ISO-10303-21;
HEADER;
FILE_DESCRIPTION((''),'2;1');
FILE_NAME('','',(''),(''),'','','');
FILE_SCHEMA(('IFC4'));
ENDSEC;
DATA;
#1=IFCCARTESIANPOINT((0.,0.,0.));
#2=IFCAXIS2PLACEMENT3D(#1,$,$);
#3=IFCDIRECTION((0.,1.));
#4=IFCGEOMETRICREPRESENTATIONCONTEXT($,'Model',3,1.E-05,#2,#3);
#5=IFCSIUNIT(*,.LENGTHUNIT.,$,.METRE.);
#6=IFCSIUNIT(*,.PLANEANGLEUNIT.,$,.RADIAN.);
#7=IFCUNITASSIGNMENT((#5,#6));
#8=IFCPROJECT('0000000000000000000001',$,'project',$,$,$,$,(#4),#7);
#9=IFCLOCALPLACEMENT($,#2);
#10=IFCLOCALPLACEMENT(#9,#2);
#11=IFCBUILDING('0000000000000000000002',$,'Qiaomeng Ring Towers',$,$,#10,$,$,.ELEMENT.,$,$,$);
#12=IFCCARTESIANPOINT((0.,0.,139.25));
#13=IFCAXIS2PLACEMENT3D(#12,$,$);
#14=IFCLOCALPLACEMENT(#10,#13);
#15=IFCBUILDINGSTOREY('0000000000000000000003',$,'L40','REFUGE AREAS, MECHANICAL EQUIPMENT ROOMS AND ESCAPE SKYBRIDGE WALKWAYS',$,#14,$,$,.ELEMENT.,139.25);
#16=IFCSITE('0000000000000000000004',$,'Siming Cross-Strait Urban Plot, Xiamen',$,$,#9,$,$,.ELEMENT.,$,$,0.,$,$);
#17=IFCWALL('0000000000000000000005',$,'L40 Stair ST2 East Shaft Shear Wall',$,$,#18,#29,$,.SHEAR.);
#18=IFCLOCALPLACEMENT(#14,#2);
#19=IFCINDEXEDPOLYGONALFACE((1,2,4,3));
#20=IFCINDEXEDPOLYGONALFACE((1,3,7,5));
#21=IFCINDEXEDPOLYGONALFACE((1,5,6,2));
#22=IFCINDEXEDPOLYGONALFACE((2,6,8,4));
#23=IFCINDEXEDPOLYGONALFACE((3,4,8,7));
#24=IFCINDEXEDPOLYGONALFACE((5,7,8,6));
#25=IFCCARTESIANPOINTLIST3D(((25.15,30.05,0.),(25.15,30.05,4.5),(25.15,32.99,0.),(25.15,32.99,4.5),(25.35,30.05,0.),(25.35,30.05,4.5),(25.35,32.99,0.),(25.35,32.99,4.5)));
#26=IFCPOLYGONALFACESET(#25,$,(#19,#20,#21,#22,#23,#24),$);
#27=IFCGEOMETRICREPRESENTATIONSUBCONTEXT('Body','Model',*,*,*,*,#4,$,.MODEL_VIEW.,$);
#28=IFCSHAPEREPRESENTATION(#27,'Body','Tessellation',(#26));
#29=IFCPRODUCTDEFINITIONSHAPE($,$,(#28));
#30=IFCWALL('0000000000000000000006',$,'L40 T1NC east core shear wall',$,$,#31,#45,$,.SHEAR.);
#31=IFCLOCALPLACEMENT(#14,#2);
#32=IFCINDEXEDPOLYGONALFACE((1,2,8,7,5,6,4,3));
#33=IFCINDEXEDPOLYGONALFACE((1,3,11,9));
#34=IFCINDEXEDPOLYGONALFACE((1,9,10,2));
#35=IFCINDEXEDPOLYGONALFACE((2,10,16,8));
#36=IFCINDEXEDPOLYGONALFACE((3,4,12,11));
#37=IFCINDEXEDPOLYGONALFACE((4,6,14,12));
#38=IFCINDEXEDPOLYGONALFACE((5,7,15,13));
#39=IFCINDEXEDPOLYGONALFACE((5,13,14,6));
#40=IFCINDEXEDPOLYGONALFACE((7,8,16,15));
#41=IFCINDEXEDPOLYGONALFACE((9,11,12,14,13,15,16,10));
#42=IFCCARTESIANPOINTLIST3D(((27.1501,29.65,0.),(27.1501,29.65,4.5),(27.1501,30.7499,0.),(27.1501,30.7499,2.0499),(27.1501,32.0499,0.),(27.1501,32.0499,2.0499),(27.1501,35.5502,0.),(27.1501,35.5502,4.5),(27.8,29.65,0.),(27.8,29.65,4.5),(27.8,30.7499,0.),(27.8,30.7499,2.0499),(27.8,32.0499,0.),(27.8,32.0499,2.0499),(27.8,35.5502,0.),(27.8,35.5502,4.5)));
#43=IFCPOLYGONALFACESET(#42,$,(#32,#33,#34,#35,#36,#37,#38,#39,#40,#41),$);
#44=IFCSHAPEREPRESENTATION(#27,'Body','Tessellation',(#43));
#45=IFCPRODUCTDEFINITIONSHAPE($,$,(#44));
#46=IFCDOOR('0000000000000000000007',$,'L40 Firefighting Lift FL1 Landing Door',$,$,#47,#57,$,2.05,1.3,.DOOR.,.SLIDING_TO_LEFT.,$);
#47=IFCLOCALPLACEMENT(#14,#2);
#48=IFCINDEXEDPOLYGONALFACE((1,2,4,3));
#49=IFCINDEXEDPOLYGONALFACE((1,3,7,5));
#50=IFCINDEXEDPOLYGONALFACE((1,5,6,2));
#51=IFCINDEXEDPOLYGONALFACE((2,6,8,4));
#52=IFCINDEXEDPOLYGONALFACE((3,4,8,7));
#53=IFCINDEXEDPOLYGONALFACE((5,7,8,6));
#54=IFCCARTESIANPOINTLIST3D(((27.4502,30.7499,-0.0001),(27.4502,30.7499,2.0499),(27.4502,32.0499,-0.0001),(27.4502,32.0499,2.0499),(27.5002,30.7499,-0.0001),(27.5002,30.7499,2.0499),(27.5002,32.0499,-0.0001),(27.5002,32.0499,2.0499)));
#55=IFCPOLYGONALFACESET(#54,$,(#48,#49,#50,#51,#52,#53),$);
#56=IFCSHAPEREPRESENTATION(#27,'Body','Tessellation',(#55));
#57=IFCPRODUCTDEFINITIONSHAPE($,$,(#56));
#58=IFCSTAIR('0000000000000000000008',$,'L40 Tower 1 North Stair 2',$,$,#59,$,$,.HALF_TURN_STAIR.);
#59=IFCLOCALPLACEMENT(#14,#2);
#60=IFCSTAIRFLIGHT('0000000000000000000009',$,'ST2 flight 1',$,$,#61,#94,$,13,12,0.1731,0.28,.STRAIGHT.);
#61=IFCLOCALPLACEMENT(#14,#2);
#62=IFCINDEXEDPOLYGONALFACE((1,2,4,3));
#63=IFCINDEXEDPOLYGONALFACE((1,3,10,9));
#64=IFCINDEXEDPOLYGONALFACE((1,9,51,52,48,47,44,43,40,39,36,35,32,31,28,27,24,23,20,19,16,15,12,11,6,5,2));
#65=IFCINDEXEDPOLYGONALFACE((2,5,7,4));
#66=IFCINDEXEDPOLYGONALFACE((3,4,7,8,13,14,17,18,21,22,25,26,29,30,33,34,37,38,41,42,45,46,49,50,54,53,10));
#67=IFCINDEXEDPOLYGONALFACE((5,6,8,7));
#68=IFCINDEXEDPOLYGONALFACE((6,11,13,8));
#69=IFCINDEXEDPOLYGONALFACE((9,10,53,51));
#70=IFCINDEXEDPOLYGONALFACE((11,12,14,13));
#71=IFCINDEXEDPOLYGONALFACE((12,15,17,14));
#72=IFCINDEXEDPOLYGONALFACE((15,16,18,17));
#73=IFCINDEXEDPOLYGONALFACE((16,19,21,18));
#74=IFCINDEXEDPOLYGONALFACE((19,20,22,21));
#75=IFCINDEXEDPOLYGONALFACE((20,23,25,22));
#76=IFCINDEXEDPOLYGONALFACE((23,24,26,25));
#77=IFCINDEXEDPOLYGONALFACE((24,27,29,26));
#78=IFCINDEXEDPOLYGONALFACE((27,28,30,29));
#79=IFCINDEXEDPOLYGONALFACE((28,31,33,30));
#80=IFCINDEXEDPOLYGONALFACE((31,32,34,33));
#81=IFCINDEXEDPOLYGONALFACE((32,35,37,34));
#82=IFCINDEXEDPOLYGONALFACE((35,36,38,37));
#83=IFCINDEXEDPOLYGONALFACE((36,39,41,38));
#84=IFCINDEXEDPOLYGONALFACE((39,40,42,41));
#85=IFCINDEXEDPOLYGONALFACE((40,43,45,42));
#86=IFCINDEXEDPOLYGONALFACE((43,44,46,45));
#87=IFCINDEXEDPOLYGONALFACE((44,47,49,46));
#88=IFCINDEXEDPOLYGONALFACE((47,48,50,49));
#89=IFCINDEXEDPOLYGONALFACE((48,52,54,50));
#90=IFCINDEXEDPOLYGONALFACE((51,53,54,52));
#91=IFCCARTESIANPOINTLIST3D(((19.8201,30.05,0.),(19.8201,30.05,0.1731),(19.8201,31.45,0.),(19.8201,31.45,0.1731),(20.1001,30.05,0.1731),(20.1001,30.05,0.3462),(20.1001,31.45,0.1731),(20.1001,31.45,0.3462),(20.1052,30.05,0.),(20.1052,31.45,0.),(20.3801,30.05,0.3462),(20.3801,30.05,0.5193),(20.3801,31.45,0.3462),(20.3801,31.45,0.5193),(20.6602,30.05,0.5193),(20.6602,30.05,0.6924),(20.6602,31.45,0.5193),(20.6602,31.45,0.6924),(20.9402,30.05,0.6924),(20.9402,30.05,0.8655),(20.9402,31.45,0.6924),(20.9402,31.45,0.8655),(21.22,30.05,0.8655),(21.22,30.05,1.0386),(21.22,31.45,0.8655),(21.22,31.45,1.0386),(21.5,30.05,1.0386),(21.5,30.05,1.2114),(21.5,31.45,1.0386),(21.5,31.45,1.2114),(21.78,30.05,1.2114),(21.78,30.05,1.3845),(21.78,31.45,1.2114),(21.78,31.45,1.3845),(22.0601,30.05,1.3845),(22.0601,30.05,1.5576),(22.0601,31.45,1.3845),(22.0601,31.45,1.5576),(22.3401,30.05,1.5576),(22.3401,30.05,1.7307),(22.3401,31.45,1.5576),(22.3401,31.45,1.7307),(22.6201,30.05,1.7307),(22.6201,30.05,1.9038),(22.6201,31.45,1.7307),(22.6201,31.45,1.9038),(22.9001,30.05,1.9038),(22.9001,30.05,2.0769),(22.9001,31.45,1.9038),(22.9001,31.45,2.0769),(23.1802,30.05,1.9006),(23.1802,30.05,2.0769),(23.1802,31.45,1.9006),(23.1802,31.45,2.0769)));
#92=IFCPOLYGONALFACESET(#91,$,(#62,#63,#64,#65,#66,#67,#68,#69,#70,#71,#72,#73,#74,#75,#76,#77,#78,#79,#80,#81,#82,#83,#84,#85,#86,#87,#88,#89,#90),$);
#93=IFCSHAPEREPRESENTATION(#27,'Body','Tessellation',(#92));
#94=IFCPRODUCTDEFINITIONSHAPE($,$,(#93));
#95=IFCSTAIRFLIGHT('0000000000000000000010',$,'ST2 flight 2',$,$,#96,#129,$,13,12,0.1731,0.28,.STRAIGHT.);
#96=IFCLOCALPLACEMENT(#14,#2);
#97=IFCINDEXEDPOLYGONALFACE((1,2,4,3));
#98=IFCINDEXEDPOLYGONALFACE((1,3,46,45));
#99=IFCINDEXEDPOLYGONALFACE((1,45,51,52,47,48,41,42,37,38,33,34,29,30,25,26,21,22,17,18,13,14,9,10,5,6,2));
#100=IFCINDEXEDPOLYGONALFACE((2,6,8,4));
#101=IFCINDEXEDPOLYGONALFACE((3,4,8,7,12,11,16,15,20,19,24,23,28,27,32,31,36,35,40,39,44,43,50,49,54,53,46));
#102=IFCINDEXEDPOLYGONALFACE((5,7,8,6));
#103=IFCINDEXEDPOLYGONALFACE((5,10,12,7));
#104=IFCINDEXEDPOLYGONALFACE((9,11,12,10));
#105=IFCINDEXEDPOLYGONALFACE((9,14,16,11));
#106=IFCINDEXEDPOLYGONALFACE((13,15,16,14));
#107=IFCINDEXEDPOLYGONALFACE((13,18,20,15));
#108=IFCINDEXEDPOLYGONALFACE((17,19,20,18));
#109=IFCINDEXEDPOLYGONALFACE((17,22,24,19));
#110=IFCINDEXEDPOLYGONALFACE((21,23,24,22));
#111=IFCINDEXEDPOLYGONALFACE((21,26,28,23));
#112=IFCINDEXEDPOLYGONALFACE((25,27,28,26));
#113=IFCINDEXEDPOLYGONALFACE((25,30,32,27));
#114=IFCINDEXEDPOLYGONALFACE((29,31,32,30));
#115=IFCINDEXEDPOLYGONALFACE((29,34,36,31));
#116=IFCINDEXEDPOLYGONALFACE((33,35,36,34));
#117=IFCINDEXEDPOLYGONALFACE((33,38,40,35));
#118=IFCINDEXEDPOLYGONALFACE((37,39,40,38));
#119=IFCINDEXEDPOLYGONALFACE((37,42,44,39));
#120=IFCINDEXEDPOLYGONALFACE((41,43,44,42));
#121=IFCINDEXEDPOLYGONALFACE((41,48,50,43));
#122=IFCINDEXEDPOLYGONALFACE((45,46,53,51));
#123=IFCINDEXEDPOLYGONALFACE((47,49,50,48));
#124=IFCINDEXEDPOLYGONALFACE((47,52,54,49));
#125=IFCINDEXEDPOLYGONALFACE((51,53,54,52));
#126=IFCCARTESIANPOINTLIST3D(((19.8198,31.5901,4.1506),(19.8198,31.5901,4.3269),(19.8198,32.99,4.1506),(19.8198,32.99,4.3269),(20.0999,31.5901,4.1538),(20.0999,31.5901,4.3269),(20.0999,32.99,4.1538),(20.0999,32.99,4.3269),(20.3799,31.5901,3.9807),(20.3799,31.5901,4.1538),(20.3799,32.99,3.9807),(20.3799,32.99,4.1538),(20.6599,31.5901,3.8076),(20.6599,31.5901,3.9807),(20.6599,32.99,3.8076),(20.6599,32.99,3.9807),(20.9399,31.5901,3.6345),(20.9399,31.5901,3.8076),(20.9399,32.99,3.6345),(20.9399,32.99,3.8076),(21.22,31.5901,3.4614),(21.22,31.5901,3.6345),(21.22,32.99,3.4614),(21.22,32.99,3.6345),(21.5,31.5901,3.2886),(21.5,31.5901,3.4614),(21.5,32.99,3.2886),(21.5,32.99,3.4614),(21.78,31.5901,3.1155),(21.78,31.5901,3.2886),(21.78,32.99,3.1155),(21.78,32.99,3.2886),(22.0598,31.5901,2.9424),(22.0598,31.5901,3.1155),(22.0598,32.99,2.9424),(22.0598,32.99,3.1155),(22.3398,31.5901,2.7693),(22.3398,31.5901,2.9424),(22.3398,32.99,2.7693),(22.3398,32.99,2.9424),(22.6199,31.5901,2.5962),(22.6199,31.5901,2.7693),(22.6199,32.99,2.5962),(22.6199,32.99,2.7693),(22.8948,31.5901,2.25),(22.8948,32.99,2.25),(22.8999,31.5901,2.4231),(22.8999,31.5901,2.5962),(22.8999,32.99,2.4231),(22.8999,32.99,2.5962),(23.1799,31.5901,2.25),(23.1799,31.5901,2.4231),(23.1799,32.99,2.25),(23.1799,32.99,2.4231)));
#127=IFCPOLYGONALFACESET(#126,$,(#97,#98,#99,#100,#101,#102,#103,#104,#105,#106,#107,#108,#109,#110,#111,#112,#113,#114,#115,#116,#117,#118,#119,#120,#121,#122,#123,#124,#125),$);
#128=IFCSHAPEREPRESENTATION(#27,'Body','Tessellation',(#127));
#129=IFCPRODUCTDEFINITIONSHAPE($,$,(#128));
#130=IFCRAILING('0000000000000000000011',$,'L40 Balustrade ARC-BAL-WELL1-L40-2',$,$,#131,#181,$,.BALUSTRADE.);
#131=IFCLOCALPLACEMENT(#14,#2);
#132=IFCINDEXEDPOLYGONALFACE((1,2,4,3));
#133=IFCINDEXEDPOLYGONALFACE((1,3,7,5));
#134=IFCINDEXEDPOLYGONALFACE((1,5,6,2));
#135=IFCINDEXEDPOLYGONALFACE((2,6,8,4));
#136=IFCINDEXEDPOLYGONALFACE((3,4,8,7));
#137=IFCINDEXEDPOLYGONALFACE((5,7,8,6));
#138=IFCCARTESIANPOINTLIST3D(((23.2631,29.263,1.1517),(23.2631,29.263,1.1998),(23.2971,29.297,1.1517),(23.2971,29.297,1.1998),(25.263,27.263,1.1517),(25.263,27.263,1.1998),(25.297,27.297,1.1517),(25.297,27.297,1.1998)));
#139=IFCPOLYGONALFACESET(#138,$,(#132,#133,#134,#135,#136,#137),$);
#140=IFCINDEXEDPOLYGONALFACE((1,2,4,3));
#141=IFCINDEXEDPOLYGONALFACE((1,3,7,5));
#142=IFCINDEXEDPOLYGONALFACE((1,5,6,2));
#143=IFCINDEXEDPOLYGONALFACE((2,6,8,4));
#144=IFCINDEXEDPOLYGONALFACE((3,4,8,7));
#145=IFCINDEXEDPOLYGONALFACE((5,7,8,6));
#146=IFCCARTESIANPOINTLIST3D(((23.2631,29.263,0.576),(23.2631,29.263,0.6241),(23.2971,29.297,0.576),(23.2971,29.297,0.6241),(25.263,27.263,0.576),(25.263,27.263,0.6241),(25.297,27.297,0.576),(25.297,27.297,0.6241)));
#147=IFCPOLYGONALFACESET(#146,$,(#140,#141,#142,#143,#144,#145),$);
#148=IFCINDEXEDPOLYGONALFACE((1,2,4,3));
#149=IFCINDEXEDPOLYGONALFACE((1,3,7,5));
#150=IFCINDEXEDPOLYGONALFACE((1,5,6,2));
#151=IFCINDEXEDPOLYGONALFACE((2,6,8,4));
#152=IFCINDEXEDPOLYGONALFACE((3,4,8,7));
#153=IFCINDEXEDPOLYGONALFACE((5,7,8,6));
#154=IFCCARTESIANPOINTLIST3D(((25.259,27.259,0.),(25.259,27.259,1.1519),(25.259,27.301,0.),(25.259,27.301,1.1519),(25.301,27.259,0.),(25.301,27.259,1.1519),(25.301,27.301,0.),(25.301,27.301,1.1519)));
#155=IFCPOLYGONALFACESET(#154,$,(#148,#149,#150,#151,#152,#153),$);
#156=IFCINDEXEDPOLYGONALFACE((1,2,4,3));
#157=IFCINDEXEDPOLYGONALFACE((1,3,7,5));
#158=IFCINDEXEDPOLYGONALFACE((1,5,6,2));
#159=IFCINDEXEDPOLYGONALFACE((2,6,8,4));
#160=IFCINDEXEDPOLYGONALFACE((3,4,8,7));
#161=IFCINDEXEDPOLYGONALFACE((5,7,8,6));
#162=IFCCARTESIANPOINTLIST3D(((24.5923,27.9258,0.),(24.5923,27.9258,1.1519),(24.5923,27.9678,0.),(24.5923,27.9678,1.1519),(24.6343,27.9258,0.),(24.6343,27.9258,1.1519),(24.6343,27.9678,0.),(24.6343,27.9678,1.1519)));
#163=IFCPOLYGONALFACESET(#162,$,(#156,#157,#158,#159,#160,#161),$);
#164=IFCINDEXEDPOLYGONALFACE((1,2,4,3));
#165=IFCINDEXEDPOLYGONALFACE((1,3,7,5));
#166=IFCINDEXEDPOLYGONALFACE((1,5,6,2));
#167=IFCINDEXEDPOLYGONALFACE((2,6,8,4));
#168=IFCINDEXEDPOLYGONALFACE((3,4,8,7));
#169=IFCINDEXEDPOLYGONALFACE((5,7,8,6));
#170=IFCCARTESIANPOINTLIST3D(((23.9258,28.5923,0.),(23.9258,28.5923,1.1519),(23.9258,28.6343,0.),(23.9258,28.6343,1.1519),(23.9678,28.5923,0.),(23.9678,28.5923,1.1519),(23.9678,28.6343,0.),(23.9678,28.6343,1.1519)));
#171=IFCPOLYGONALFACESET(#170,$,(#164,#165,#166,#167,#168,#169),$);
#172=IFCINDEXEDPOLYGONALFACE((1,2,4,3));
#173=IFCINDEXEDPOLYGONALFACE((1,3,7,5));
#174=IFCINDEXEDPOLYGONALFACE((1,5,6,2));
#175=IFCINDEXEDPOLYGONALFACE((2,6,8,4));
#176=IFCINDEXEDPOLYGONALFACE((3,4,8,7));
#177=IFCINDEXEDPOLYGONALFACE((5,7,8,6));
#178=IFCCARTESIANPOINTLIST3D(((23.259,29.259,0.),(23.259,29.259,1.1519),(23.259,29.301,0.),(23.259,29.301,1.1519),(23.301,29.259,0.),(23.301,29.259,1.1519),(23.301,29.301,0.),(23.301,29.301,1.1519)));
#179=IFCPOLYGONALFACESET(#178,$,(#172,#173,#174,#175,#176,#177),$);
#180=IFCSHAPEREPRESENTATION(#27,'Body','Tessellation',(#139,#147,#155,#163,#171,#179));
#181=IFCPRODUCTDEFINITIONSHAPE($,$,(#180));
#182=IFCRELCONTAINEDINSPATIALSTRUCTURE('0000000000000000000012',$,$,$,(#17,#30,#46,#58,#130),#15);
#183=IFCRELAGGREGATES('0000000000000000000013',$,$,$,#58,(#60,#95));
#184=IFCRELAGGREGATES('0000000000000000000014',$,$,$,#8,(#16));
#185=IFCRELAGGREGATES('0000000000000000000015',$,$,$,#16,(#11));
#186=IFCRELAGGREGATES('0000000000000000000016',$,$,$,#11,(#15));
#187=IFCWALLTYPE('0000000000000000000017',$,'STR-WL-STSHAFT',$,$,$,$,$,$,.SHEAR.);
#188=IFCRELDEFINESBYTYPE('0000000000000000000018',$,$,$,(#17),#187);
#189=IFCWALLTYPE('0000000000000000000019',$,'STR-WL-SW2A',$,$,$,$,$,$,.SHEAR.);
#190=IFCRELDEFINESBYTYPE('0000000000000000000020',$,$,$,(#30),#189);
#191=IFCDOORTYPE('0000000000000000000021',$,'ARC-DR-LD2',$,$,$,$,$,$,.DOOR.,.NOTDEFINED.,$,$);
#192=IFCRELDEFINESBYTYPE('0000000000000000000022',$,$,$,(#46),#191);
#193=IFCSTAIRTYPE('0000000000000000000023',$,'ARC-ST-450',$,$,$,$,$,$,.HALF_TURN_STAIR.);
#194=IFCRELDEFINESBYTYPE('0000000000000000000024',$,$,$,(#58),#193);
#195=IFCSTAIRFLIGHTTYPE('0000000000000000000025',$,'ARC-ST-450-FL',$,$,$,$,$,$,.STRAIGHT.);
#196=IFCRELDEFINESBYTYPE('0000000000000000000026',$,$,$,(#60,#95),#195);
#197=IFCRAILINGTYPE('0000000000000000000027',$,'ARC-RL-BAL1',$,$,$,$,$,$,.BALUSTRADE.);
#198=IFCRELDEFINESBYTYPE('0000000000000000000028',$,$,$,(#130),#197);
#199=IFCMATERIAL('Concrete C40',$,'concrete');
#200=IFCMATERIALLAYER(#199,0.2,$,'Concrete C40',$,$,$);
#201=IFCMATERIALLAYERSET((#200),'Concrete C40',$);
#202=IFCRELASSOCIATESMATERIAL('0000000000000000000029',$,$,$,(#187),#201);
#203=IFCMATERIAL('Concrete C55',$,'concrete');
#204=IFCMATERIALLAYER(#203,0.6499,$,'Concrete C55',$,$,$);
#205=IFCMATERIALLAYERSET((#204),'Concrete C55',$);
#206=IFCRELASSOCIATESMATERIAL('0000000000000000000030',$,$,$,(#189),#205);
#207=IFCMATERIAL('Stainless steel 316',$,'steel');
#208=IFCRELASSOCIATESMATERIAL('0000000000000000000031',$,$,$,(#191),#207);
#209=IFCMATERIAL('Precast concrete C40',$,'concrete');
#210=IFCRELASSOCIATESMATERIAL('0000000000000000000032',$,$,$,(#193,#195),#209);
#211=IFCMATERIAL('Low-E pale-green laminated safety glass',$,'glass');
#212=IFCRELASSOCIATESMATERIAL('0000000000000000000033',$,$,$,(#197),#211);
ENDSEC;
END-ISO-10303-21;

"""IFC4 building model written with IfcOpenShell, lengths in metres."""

from ifc_helpers import new_model, si_unit, direction, frame, frame_2d, origin, origin_2d, place, context, subcontext, project, spatial, polyline, rectangle, outline, extrude, source, transform, mapped, material, layer, layer_set, type_object, element, fill, aggregate, save


model = new_model("IFC4")

# Units and contexts
model_context = context("Model", 3, precision=1e-05, world=origin(), true_north=direction((0.0, 1.0)))
body_context = subcontext(model_context, "Body", "Model", "MODEL_VIEW")
ifc_project = project(units=[si_unit("LENGTHUNIT", "METRE"), si_unit("PLANEANGLEUNIT", "RADIAN")], contexts=[model_context])

# Site, building, storey
site_placement = place(None, origin())
site = spatial("IfcSite", under=ifc_project, at=site_placement, Name="Siming Cross-Strait Urban Plot, Xiamen", CompositionType="ELEMENT", RefElevation=0.0)
building_placement = place(site_placement, origin())
building = spatial("IfcBuilding", under=site, at=building_placement, Name="Qiaomeng Ring Towers", CompositionType="ELEMENT")
storey_placement = place(building_placement, frame((0.0, 0.0, 139.25)))
storey = spatial("IfcBuildingStorey", under=building, at=storey_placement, Name="L40", Description="REFUGE AREAS, MECHANICAL EQUIPMENT ROOMS AND ESCAPE SKYBRIDGE WALKWAYS", CompositionType="ELEMENT", Elevation=139.25)

# Shared definitions
ifc_material_1 = material(Name="Concrete C55", Category="concrete")

# Shared definitions
ifc_material_2 = material(Name="Stainless steel 316", Category="steel")

# Wall
ifc_material_3 = material(Name="Concrete C40", Category="concrete")
ifc_layer_1 = layer(ifc_material_3, 0.2, Name="Concrete C40")
ifc_layer_set_1 = layer_set([ifc_layer_1], Name="Concrete C40")
wall_type_1 = type_object("IfcWallType", Name="STR-WL-STSHAFT", PredefinedType="SHEAR", material=ifc_layer_set_1)
wall_1_placement = place(storey_placement, frame((25.25, 30.05, 0.0), z_axis=(0.0, 0.0, 1.0), x_axis=(0.0, 1.0, 0.0)))
element("IfcWall", 1, at=wall_1_placement, inside=storey, type_object=wall_type_1, Name="L40 Stair ST2 East Shaft Shear Wall", PredefinedType="SHEAR", context=body_context, shape_type="SweptSolid", body=[
    extrude(rectangle(XDim=2.9399, YDim=0.2, at=frame_2d((1.47, 0.0))), origin(), (0.0, 0.0, 1.0), 4.5),
])

# Wall, opening, door
ifc_layer_2 = layer(ifc_material_1, 0.6499, Name="Concrete C55")
ifc_layer_set_2 = layer_set([ifc_layer_2], Name="Concrete C55")
wall_type_2 = type_object("IfcWallType", Name="STR-WL-SW2A", PredefinedType="SHEAR", material=ifc_layer_set_2)
wall_2_placement = place(storey_placement, frame((27.4751, 29.6499, 0.0), z_axis=(0.0, 0.0, 1.0), x_axis=(0.0, 1.0, 0.0)))
wall_2 = element("IfcWall", 2, at=wall_2_placement, inside=storey, type_object=wall_type_2, Name="L40 T1NC east core shear wall", PredefinedType="SHEAR", context=body_context, shape_type="SweptSolid", body=[
    extrude(rectangle(XDim=5.9001, YDim=0.6499, at=frame_2d((2.9502, 0.0))), origin(), (0.0, 0.0, 1.0), 4.5),
])
opening_1_placement = place(wall_2_placement, frame((1.1001, 0.0, 0.0)))
opening_1 = element("IfcOpeningElement", 3, at=opening_1_placement, cuts=wall_2, PredefinedType="OPENING", context=body_context, shape_type="SweptSolid", body=[
    extrude(rectangle(XDim=1.3, YDim=2.05, at=frame_2d((0.6499, 1.0249))), frame((0.0, 0.335, 0.0), z_axis=(0.0, -1.0, 0.0), x_axis=(1.0, 0.0, 0.0)), (0.0, 0.0, 1.0), 0.6699),
])
door_type_1 = type_object("IfcDoorType", Name="ARC-DR-LD2", OperationType="NOTDEFINED", PredefinedType="DOOR", material=ifc_material_2)
shared_shape_1 = source(origin(), body_context, "Body", "SweptSolid", [
    extrude(rectangle(XDim=1.3, YDim=2.05, at=frame_2d((0.6499, 1.0249))), frame((0.0, 0.0249, 0.0), z_axis=(0.0, -1.0, 0.0), x_axis=(1.0, 0.0, 0.0)), (0.0, 0.0, 1.0), 0.05),
])
door_1_placement = place(opening_1_placement, origin())
door_1 = element("IfcDoor", 4, at=door_1_placement, inside=storey, type_object=door_type_1, Name="L40 Firefighting Lift FL1 Landing Door", OperationType="SLIDING_TO_LEFT", OverallHeight=2.05, OverallWidth=1.3, PredefinedType="DOOR", context=body_context, shape_type="MappedRepresentation", body=[
    mapped(shared_shape_1, transform((0.0, 0.0, 0.0), x_axis=(1.0, 0.0, 0.0), y_axis=(0.0, 1.0, 0.0), z_axis=(0.0, 0.0, 1.0), scale=1.0)),
])
fill(opening_1, door_1)

# Stair, stair flights
ifc_material_4 = material(Name="Precast concrete C40", Category="concrete")
stair_type = type_object("IfcStairType", Name="ARC-ST-450", PredefinedType="HALF_TURN_STAIR", material=ifc_material_4)
stair_placement = place(storey_placement, origin())
stair = element("IfcStair", 5, at=stair_placement, inside=storey, type_object=stair_type, Name="L40 Tower 1 North Stair 2", PredefinedType="HALF_TURN_STAIR")
stair_flight_type = type_object("IfcStairFlightType", Name="ARC-ST-450-FL", PredefinedType="STRAIGHT", material=ifc_material_4)
shared_shape_2 = source(origin(), body_context, "Body", "SweptSolid", [
    extrude(outline(polyline([(0.0, 0.0), (0.0, 0.1731), (0.28, 0.1731), (0.28, 0.3462), (0.5601, 0.3462), (0.5601, 0.5193), (0.8401, 0.5193), (0.8401, 0.6924), (1.1201, 0.6924), (1.1201, 0.8655), (1.3999, 0.8655), (1.3999, 1.0386), (1.6799, 1.0386), (1.6799, 1.2114), (1.96, 1.2114), (1.96, 1.3845), (2.24, 1.3845), (2.24, 1.5576), (2.52, 1.5576), (2.52, 1.7307), (2.8, 1.7307), (2.8, 1.9038), (3.0801, 1.9038), (3.0801, 2.0769), (3.3601, 2.0769), (3.3601, 2.25), (3.3601, 1.9006), (0.2852, 0.0), (0.0, 0.0)])), frame((0.0, 0.7, 0.0), z_axis=(0.0, -1.0, 0.0), x_axis=(1.0, 0.0, 0.0)), (0.0, 0.0, 1.0), 1.3999),
])
stair_flight_1_placement = place(storey_placement, frame((19.8201, 30.75, 0.0), z_axis=(0.0, 0.0, 1.0), x_axis=(1.0, 0.0, 0.0)))
stair_flight_1 = element("IfcStairFlight", 6, at=stair_flight_1_placement, type_object=stair_flight_type, Name="ST2 flight 1", NumberOfRisers=13, NumberOfTreads=12, PredefinedType="STRAIGHT", RiserHeight=0.1731, TreadLength=0.28, context=body_context, shape_type="MappedRepresentation", body=[
    mapped(shared_shape_2, transform((0.0, 0.0, 0.0), x_axis=(1.0, 0.0, 0.0), y_axis=(0.0, 1.0, 0.0), z_axis=(0.0, 0.0, 1.0), scale=1.0)),
])
stair_flight_2_placement = place(storey_placement, frame((23.1799, 32.29, 2.25), z_axis=(0.0, 0.0, 1.0), x_axis=(-1.0, 0.0, 0.0)))
stair_flight_2 = element("IfcStairFlight", 7, at=stair_flight_2_placement, type_object=stair_flight_type, Name="ST2 flight 2", NumberOfRisers=13, NumberOfTreads=12, PredefinedType="STRAIGHT", RiserHeight=0.1731, TreadLength=0.28, context=body_context, shape_type="MappedRepresentation", body=[
    mapped(shared_shape_2, transform((0.0, 0.0, 0.0), x_axis=(1.0, 0.0, 0.0), y_axis=(0.0, 1.0, 0.0), z_axis=(0.0, 0.0, 1.0), scale=1.0)),
])
aggregate(stair, [stair_flight_1, stair_flight_2])

# Railing
ifc_material_5 = material(Name="Low-E pale-green laminated safety glass", Category="glass")
railing_type_1 = type_object("IfcRailingType", Name="ARC-RL-BAL1", PredefinedType="BALUSTRADE", material=ifc_material_5)
railing_1_placement = place(storey_placement, frame((25.28, 27.28, 0.0)))
element("IfcRailing", 8, at=railing_1_placement, inside=storey, type_object=railing_type_1, Name="L40 Balustrade ARC-BAL-WELL1-L40-2", PredefinedType="BALUSTRADE", context=body_context, shape_type="SweptSolid", body=[
    extrude(rectangle(XDim=0.0481, YDim=0.0481, at=origin_2d()), frame((0.0, 0.0, 1.1758), z_axis=(-0.707107, 0.707107, 0.0), x_axis=(-0.707107, -0.707107, 0.0)), (0.0, 0.0, 1.0), 2.8284),
    extrude(rectangle(XDim=0.0481, YDim=0.0481, at=origin_2d()), frame((0.0, 0.0, 0.6001), z_axis=(-0.707107, 0.707107, 0.0), x_axis=(-0.707107, -0.707107, 0.0)), (0.0, 0.0, 1.0), 2.8284),
    extrude(rectangle(XDim=0.042, YDim=0.042, at=origin_2d()), origin(), (0.0, 0.0, 1.0), 1.1519),
    extrude(rectangle(XDim=0.042, YDim=0.042, at=origin_2d()), frame((-0.6667, 0.6667, 0.0)), (0.0, 0.0, 1.0), 1.1519),
    extrude(rectangle(XDim=0.042, YDim=0.042, at=origin_2d()), frame((-1.3333, 1.3333, 0.0)), (0.0, 0.0, 1.0), 1.1519),
    extrude(rectangle(XDim=0.042, YDim=0.042, at=origin_2d()), frame((-2.0, 2.0, 0.0)), (0.0, 0.0, 1.0), 1.1519),
])

save(model, "model.ifc")
